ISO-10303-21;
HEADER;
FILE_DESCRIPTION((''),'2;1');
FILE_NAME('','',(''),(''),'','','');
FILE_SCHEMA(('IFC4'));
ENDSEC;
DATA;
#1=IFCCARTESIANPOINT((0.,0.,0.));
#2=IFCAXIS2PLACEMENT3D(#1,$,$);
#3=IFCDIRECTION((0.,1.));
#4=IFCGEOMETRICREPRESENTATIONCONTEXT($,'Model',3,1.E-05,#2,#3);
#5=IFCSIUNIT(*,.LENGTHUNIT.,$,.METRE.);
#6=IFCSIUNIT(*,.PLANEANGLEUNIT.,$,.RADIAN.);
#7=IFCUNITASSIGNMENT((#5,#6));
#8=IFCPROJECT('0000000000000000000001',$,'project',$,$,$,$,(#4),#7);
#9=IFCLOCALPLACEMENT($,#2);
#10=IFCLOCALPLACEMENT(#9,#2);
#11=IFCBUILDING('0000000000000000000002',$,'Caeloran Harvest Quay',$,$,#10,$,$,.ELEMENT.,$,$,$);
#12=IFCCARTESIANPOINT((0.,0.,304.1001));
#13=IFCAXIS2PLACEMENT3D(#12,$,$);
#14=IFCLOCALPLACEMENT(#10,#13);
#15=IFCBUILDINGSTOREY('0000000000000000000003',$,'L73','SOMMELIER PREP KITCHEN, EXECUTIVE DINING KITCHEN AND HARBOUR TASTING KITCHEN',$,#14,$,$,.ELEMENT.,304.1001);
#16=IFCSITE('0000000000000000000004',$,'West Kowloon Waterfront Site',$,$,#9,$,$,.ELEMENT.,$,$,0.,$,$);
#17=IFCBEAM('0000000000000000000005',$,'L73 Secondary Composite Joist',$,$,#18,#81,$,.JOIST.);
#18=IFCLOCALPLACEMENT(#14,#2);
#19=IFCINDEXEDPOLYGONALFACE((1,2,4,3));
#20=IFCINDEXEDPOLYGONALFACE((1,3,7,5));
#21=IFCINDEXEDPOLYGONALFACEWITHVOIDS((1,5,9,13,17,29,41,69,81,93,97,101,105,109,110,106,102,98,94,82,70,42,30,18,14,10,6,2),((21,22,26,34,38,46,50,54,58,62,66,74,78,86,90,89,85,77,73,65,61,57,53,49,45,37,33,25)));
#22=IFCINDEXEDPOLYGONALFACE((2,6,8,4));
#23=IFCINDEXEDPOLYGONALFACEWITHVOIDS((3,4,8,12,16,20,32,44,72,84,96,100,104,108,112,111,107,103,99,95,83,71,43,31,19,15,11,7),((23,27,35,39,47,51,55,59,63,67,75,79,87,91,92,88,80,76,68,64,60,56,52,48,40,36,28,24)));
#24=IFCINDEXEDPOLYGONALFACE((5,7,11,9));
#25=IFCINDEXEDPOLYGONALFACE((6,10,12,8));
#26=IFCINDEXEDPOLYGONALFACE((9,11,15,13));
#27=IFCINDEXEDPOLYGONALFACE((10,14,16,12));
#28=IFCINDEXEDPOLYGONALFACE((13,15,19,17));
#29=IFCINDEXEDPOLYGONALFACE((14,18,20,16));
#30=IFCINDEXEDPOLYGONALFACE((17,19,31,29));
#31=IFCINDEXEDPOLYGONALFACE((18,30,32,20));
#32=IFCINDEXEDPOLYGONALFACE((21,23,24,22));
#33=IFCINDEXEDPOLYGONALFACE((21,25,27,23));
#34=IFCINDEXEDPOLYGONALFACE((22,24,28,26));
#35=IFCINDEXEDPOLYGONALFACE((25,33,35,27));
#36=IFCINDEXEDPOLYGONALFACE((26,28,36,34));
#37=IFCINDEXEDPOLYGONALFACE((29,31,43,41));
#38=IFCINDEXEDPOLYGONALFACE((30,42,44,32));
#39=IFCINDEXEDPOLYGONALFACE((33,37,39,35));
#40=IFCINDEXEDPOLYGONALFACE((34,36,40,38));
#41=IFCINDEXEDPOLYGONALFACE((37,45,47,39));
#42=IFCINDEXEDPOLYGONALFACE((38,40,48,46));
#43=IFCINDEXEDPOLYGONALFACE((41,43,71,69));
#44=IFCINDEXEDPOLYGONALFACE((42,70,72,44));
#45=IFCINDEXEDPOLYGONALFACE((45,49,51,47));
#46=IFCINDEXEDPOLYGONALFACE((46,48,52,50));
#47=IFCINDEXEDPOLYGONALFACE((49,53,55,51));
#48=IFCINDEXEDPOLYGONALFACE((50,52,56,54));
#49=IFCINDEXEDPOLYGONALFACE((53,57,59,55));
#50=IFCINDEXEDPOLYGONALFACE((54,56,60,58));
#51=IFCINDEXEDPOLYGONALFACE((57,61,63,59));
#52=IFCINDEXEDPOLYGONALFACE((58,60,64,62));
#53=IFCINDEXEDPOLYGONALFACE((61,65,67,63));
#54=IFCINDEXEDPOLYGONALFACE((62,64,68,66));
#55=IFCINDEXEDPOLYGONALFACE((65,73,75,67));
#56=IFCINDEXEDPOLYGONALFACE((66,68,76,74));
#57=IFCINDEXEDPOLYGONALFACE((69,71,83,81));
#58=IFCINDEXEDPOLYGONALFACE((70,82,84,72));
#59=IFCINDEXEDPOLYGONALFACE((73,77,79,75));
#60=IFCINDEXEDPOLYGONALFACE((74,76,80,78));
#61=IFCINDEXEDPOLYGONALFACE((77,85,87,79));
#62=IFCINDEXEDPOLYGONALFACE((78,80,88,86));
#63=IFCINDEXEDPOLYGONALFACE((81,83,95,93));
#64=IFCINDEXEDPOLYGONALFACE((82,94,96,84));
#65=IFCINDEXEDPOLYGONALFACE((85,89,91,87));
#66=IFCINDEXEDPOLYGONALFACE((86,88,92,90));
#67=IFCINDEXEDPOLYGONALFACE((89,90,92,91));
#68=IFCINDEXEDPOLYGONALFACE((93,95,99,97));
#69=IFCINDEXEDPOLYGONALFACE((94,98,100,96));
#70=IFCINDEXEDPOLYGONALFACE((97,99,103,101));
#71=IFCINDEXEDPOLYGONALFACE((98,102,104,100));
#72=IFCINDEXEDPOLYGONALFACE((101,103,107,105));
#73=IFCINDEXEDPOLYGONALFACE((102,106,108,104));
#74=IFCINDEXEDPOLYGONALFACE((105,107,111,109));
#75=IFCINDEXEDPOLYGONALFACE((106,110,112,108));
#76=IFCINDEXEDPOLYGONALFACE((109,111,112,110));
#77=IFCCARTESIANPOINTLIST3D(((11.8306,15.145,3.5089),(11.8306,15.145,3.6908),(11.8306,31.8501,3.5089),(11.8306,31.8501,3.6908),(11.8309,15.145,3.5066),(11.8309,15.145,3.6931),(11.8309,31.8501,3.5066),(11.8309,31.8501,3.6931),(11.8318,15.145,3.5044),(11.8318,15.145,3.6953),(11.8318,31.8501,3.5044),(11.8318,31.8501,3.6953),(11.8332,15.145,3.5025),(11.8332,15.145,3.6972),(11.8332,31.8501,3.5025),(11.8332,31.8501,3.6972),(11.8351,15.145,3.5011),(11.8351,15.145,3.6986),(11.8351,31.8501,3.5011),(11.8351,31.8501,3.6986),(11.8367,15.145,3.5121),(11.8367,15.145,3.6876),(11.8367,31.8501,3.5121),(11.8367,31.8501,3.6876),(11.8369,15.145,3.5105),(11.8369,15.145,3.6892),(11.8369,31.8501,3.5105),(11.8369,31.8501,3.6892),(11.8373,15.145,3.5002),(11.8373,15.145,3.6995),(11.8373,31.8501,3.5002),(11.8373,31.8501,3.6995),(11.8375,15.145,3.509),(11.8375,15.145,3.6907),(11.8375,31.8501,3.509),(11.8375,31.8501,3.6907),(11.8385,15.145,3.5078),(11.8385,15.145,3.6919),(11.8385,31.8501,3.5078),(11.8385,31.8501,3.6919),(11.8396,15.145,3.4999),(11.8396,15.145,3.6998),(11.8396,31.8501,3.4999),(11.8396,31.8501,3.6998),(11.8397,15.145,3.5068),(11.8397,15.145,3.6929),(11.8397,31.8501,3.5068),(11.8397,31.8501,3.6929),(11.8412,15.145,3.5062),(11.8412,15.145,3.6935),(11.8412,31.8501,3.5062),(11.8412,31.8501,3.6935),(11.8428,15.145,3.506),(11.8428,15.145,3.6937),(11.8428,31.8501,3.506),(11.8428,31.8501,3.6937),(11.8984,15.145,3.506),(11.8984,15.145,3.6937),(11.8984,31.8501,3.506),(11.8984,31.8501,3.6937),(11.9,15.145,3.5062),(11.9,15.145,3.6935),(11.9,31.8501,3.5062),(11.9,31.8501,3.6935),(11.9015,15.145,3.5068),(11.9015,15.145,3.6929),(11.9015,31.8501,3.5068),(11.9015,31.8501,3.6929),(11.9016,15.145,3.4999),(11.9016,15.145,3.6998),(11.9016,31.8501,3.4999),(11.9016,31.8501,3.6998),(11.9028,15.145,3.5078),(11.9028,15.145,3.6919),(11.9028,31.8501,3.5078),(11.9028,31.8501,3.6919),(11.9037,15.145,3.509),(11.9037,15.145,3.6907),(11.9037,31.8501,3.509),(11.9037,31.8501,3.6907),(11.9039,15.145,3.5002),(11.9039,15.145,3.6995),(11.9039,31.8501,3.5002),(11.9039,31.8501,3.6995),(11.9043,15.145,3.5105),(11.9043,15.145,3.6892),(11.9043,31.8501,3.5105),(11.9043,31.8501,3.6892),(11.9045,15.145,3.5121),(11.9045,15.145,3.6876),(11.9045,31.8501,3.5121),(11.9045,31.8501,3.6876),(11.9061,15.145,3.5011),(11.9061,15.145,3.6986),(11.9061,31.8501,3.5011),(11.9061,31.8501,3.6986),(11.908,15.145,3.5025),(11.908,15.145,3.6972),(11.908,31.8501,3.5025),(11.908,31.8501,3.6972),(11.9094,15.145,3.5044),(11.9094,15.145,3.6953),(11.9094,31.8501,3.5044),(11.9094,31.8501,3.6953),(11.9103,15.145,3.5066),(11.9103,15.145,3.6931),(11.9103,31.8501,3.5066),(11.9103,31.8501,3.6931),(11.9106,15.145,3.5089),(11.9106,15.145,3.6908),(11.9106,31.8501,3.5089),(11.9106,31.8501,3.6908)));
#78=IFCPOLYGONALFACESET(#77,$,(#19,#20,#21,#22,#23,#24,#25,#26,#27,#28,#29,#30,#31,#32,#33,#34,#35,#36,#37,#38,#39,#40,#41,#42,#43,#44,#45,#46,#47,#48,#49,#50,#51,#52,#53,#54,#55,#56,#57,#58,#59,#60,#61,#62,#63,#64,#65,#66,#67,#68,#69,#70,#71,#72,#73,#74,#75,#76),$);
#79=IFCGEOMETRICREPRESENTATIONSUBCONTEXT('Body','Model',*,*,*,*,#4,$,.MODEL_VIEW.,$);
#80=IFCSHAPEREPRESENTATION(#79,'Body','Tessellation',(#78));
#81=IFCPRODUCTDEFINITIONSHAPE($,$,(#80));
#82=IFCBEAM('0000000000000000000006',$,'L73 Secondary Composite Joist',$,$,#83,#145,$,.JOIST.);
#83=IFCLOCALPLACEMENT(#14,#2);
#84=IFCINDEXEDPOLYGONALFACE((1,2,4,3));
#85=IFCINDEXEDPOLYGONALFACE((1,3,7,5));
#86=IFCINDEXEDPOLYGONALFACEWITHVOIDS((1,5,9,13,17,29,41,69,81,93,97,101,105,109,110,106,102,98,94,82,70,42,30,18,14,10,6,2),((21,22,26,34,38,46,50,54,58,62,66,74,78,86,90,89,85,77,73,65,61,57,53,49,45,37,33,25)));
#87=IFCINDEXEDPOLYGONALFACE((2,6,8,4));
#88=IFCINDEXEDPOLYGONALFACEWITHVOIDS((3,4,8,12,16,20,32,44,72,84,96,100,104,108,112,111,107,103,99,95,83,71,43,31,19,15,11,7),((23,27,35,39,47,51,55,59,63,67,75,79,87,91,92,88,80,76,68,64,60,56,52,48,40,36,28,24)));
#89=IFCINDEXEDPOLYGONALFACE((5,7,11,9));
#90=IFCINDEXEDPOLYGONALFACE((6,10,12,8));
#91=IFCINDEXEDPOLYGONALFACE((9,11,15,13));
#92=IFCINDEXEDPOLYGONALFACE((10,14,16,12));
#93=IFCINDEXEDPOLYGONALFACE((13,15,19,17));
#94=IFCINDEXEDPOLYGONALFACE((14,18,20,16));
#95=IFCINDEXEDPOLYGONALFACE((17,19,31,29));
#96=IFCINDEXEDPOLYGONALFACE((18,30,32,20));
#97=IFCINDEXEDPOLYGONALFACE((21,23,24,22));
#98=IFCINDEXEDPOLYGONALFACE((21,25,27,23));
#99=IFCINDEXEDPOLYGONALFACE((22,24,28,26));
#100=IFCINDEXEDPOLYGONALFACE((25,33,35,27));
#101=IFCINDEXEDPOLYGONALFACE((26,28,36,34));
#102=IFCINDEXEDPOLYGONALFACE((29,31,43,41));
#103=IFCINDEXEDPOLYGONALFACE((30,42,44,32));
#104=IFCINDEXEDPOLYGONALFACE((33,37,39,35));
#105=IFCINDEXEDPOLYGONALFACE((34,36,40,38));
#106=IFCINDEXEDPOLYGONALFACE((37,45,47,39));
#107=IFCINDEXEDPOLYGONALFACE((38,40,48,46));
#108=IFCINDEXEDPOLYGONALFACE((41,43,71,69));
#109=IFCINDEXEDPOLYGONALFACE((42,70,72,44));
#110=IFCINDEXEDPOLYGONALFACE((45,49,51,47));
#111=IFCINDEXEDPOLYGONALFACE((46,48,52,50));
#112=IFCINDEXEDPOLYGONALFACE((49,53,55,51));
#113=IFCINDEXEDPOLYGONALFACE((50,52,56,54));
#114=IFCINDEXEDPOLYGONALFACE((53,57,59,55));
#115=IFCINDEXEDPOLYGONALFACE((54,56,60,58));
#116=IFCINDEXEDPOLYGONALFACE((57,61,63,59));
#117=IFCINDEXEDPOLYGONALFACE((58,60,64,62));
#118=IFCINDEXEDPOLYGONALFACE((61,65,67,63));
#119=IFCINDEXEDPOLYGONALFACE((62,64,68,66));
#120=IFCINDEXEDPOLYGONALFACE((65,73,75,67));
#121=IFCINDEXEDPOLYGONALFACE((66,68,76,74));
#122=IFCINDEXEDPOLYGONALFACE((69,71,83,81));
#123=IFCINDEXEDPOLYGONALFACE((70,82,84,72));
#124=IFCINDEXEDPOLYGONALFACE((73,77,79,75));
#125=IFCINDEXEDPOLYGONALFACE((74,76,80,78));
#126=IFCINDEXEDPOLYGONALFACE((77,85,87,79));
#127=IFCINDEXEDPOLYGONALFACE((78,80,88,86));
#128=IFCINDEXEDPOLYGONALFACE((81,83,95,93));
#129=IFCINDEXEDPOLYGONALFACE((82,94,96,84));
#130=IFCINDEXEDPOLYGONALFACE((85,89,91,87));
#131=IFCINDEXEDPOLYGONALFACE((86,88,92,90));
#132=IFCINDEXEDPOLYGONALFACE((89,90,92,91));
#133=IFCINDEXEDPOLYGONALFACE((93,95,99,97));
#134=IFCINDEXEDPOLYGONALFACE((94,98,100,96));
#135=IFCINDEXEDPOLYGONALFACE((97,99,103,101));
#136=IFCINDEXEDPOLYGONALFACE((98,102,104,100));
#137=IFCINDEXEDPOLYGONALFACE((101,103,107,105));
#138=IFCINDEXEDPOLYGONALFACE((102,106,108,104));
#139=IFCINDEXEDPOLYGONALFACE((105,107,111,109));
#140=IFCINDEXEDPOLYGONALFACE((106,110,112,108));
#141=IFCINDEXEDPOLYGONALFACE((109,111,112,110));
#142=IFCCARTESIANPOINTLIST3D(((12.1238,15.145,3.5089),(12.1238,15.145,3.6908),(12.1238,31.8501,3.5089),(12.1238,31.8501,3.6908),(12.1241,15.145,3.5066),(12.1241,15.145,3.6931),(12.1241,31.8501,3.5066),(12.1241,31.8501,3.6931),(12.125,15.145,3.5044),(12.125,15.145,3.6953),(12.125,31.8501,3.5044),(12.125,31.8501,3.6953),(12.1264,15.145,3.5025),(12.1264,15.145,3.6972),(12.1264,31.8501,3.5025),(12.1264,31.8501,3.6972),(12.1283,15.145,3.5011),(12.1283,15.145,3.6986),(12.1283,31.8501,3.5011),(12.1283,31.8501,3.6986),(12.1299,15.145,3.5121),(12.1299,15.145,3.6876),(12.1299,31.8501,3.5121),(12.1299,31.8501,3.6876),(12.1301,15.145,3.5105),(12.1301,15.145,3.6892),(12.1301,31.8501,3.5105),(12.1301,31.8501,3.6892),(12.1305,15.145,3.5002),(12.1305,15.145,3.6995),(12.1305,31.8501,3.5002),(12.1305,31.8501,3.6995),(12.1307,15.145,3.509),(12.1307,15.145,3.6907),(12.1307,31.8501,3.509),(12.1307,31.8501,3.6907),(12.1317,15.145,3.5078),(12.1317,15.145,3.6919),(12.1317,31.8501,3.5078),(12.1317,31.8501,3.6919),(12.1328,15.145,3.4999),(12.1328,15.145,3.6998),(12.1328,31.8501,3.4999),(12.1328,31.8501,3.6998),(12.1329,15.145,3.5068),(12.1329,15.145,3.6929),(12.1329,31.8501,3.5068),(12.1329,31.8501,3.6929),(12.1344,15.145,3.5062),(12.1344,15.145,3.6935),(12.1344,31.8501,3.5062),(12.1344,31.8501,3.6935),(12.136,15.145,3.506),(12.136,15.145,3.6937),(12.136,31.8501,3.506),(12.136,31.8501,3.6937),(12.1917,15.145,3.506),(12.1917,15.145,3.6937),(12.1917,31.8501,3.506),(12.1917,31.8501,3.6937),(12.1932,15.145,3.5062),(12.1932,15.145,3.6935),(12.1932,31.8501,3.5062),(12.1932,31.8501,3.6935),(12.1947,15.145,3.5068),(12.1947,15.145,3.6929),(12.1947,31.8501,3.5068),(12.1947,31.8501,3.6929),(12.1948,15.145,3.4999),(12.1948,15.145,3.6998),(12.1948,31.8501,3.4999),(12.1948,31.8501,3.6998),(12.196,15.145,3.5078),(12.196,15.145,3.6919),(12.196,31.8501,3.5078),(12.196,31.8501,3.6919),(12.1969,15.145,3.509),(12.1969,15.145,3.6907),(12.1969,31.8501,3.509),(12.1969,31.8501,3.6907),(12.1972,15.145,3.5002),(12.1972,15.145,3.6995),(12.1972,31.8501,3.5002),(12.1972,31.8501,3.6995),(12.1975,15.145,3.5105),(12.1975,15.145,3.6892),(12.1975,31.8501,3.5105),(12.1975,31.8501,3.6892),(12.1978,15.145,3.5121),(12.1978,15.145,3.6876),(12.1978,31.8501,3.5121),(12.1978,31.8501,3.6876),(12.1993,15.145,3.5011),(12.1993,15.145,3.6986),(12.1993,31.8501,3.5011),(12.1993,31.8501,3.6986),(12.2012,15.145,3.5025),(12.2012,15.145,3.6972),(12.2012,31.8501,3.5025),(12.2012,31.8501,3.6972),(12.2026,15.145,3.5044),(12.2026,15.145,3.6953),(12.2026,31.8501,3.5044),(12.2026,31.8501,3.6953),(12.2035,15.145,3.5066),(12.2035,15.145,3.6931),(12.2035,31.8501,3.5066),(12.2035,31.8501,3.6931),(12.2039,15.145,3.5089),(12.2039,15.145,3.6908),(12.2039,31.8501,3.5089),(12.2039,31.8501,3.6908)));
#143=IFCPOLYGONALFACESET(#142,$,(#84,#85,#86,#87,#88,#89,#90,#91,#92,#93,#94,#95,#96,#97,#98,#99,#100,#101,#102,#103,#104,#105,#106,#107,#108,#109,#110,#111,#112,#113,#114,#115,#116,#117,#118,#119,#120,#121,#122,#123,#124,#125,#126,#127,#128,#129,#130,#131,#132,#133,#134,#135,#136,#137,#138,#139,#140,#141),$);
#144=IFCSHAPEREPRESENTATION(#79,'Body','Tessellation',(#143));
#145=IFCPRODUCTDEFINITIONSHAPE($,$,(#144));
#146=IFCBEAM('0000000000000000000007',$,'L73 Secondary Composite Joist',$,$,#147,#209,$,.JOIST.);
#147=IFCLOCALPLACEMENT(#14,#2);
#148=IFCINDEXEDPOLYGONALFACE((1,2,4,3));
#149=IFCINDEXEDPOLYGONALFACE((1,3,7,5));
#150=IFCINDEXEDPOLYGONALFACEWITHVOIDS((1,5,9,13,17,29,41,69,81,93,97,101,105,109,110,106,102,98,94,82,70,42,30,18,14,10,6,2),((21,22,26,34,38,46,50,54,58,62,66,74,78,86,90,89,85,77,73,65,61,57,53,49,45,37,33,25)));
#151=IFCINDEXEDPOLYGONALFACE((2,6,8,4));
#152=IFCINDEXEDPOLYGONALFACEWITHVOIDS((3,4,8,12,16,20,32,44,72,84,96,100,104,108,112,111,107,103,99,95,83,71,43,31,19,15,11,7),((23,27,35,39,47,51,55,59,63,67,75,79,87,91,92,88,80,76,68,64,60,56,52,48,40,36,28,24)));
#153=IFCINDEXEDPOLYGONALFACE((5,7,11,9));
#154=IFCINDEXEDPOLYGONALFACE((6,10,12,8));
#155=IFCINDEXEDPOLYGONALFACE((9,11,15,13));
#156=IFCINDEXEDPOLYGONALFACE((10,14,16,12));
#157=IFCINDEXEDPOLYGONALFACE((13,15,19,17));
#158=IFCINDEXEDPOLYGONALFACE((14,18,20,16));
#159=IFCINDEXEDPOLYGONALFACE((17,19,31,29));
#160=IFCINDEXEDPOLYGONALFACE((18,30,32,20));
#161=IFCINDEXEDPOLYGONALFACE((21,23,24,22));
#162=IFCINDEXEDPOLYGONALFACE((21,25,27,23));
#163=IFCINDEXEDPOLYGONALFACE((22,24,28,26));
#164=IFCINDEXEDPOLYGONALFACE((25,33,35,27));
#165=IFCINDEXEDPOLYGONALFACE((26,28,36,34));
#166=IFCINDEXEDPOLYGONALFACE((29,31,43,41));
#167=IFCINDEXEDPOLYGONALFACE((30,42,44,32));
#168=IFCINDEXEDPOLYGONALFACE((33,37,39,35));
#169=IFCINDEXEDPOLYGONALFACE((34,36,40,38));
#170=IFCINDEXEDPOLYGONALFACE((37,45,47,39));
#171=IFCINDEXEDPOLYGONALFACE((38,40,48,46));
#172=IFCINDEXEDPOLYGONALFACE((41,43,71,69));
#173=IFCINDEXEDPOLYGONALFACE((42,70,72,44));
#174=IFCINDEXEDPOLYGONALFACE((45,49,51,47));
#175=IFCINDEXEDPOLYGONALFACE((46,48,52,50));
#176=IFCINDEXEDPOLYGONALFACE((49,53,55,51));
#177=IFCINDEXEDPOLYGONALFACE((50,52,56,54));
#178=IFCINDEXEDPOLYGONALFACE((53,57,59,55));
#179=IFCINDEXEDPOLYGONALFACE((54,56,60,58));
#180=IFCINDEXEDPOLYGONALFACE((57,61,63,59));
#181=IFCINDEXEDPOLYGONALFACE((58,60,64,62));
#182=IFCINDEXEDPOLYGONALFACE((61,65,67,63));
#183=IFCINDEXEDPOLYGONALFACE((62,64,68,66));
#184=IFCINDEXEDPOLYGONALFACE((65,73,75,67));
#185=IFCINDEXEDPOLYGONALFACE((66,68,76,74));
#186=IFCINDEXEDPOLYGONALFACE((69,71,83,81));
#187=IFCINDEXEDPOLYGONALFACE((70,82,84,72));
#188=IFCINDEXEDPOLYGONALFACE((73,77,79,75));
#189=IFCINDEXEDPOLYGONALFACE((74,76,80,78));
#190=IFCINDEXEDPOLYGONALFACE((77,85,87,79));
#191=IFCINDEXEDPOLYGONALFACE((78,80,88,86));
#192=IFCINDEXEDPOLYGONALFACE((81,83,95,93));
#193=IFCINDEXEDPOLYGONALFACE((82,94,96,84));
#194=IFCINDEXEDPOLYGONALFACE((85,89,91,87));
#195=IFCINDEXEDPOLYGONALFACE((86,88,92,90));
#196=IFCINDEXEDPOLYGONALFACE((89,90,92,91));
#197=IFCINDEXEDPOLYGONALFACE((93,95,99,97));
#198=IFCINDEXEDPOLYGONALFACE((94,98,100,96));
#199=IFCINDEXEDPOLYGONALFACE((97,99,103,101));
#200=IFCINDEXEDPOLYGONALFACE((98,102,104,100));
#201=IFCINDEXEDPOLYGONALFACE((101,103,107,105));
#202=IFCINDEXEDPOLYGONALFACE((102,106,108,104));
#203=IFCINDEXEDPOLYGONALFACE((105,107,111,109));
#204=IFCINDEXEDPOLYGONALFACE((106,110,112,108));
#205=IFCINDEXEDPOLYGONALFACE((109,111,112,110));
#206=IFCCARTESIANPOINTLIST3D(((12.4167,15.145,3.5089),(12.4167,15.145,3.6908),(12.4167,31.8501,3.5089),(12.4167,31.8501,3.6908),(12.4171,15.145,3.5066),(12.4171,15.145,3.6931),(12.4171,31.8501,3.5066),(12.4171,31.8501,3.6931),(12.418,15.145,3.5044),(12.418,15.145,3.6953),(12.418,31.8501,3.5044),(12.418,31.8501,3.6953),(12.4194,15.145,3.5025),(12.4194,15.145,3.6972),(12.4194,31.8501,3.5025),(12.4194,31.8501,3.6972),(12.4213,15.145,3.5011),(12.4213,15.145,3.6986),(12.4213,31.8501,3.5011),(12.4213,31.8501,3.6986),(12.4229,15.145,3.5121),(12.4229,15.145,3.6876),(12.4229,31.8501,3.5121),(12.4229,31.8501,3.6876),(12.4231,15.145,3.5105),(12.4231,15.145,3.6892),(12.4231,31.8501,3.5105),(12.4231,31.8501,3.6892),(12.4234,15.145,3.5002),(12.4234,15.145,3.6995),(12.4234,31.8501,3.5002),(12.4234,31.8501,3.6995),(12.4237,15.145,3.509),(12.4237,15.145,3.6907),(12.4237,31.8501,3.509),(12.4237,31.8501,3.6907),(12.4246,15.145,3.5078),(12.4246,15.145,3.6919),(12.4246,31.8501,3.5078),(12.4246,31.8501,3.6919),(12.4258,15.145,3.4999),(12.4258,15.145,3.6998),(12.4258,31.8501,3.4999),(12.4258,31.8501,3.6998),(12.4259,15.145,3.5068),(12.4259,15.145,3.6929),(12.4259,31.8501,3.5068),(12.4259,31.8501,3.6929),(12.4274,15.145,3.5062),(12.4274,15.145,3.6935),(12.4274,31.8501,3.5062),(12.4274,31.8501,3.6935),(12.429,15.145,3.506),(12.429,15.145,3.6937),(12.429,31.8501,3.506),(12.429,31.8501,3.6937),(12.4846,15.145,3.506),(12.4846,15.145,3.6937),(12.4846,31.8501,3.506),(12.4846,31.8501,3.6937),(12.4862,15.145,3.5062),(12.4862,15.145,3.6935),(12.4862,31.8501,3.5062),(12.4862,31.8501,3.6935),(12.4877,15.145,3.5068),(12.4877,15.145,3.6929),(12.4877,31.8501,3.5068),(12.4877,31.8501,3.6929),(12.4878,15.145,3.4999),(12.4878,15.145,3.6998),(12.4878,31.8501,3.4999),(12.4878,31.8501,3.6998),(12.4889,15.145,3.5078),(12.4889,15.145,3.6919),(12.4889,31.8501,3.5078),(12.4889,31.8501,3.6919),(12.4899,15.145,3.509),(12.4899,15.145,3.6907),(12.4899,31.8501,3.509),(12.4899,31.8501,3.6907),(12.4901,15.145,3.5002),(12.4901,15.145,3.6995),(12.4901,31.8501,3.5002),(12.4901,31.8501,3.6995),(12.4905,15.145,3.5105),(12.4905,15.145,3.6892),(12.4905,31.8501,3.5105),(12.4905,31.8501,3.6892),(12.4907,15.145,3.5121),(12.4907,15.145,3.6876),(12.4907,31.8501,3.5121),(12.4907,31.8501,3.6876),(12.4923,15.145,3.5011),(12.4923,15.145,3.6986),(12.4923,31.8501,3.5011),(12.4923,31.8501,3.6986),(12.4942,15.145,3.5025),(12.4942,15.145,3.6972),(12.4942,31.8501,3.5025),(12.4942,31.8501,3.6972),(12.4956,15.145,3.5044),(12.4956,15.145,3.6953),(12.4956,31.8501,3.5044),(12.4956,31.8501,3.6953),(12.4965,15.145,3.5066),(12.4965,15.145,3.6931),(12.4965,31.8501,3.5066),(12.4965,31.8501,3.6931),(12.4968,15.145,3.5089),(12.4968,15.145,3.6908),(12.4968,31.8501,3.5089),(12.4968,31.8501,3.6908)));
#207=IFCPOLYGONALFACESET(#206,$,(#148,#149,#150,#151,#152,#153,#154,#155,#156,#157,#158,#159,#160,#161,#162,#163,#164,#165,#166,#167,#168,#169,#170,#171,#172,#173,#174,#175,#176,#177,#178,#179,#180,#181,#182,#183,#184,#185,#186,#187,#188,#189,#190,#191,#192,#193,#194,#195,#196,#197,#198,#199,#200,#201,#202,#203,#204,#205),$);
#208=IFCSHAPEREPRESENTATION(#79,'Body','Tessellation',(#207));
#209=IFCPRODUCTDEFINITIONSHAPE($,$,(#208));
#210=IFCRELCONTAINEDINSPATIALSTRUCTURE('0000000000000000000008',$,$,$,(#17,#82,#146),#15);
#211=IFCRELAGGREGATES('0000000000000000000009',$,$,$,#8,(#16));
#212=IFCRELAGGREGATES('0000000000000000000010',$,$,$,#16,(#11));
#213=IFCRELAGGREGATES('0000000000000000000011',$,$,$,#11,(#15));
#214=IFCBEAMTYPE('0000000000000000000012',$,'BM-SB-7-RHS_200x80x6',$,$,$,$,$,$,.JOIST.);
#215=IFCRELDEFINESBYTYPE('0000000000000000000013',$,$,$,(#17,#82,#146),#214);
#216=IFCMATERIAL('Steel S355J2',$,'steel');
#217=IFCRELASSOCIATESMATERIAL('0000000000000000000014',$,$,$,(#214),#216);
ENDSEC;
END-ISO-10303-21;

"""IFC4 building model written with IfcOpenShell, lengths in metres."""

from ifc_helpers import new_model, si_unit, direction, frame, origin, origin_2d, place, context, subcontext, project, spatial, hollow_rectangle, extrude, material, material_profile, profile_set, type_object, element, save


model = new_model("IFC4")

# Units and contexts
model_context = context("Model", 3, precision=1e-05, world=origin(), true_north=direction((0.0, 1.0)))
body_context = subcontext(model_context, "Body", "Model", "MODEL_VIEW")
ifc_project = project(units=[si_unit("LENGTHUNIT", "METRE"), si_unit("PLANEANGLEUNIT", "RADIAN")], contexts=[model_context])

# Site, building, storey
site_placement = place(None, origin())
site = spatial("IfcSite", under=ifc_project, at=site_placement, Name="West Kowloon Waterfront Site", CompositionType="ELEMENT", RefElevation=0.0)
building_placement = place(site_placement, origin())
building = spatial("IfcBuilding", under=site, at=building_placement, Name="Caeloran Harvest Quay", CompositionType="ELEMENT")
storey_placement = place(building_placement, frame((0.0, 0.0, 304.1001)))
storey = spatial("IfcBuildingStorey", under=building, at=storey_placement, Name="L73", Description="SOMMELIER PREP KITCHEN, EXECUTIVE DINING KITCHEN AND HARBOUR TASTING KITCHEN", CompositionType="ELEMENT", Elevation=304.1001)

# Beams
ifc_material_1 = material(Name="Steel S355J2", Category="steel")
ifc_material_profile_1 = material_profile(ifc_material_1, hollow_rectangle(XDim=0.0801, YDim=0.2, WallThickness=0.0061, InnerFilletRadius=0.0061, OuterFilletRadius=0.009, at=origin_2d()), Name="RHS 200x80x6")
ifc_profile_set_1 = profile_set([ifc_material_profile_1], Name="Steel S355J2")
beam_type_1 = type_object("IfcBeamType", Name="BM-SB-7-RHS_200x80x6", PredefinedType="JOIST", material=ifc_profile_set_1)
for number, where, z_axis, x_axis, name in (
    (1, (11.8706, 15.145, 3.5999), (0.0, 1.0, 0.0), (-1.0, 0.0, 0.0), "L73 Secondary Composite Joist"),
    (2, (12.1638, 15.145, 3.5999), (0.0, 1.0, 0.0), (-1.0, 0.0, 0.0), "L73 Secondary Composite Joist"),
    (3, (12.4568, 15.145, 3.5999), (0.0, 1.0, 0.0), (-1.0, 0.0, 0.0), "L73 Secondary Composite Joist"),
):
    element("IfcBeam", number, at=place(storey_placement, frame(where, z_axis=z_axis, x_axis=x_axis)), inside=storey, type_object=beam_type_1, Name=name, PredefinedType="JOIST", context=body_context, shape_type="SweptSolid", body=[
        extrude(hollow_rectangle(XDim=0.0801, YDim=0.2, WallThickness=0.0061, InnerFilletRadius=0.0061, OuterFilletRadius=0.009, at=origin_2d()), origin(), (0.0, 0.0, 1.0), 16.7051),
    ])

save(model, "model.ifc")
